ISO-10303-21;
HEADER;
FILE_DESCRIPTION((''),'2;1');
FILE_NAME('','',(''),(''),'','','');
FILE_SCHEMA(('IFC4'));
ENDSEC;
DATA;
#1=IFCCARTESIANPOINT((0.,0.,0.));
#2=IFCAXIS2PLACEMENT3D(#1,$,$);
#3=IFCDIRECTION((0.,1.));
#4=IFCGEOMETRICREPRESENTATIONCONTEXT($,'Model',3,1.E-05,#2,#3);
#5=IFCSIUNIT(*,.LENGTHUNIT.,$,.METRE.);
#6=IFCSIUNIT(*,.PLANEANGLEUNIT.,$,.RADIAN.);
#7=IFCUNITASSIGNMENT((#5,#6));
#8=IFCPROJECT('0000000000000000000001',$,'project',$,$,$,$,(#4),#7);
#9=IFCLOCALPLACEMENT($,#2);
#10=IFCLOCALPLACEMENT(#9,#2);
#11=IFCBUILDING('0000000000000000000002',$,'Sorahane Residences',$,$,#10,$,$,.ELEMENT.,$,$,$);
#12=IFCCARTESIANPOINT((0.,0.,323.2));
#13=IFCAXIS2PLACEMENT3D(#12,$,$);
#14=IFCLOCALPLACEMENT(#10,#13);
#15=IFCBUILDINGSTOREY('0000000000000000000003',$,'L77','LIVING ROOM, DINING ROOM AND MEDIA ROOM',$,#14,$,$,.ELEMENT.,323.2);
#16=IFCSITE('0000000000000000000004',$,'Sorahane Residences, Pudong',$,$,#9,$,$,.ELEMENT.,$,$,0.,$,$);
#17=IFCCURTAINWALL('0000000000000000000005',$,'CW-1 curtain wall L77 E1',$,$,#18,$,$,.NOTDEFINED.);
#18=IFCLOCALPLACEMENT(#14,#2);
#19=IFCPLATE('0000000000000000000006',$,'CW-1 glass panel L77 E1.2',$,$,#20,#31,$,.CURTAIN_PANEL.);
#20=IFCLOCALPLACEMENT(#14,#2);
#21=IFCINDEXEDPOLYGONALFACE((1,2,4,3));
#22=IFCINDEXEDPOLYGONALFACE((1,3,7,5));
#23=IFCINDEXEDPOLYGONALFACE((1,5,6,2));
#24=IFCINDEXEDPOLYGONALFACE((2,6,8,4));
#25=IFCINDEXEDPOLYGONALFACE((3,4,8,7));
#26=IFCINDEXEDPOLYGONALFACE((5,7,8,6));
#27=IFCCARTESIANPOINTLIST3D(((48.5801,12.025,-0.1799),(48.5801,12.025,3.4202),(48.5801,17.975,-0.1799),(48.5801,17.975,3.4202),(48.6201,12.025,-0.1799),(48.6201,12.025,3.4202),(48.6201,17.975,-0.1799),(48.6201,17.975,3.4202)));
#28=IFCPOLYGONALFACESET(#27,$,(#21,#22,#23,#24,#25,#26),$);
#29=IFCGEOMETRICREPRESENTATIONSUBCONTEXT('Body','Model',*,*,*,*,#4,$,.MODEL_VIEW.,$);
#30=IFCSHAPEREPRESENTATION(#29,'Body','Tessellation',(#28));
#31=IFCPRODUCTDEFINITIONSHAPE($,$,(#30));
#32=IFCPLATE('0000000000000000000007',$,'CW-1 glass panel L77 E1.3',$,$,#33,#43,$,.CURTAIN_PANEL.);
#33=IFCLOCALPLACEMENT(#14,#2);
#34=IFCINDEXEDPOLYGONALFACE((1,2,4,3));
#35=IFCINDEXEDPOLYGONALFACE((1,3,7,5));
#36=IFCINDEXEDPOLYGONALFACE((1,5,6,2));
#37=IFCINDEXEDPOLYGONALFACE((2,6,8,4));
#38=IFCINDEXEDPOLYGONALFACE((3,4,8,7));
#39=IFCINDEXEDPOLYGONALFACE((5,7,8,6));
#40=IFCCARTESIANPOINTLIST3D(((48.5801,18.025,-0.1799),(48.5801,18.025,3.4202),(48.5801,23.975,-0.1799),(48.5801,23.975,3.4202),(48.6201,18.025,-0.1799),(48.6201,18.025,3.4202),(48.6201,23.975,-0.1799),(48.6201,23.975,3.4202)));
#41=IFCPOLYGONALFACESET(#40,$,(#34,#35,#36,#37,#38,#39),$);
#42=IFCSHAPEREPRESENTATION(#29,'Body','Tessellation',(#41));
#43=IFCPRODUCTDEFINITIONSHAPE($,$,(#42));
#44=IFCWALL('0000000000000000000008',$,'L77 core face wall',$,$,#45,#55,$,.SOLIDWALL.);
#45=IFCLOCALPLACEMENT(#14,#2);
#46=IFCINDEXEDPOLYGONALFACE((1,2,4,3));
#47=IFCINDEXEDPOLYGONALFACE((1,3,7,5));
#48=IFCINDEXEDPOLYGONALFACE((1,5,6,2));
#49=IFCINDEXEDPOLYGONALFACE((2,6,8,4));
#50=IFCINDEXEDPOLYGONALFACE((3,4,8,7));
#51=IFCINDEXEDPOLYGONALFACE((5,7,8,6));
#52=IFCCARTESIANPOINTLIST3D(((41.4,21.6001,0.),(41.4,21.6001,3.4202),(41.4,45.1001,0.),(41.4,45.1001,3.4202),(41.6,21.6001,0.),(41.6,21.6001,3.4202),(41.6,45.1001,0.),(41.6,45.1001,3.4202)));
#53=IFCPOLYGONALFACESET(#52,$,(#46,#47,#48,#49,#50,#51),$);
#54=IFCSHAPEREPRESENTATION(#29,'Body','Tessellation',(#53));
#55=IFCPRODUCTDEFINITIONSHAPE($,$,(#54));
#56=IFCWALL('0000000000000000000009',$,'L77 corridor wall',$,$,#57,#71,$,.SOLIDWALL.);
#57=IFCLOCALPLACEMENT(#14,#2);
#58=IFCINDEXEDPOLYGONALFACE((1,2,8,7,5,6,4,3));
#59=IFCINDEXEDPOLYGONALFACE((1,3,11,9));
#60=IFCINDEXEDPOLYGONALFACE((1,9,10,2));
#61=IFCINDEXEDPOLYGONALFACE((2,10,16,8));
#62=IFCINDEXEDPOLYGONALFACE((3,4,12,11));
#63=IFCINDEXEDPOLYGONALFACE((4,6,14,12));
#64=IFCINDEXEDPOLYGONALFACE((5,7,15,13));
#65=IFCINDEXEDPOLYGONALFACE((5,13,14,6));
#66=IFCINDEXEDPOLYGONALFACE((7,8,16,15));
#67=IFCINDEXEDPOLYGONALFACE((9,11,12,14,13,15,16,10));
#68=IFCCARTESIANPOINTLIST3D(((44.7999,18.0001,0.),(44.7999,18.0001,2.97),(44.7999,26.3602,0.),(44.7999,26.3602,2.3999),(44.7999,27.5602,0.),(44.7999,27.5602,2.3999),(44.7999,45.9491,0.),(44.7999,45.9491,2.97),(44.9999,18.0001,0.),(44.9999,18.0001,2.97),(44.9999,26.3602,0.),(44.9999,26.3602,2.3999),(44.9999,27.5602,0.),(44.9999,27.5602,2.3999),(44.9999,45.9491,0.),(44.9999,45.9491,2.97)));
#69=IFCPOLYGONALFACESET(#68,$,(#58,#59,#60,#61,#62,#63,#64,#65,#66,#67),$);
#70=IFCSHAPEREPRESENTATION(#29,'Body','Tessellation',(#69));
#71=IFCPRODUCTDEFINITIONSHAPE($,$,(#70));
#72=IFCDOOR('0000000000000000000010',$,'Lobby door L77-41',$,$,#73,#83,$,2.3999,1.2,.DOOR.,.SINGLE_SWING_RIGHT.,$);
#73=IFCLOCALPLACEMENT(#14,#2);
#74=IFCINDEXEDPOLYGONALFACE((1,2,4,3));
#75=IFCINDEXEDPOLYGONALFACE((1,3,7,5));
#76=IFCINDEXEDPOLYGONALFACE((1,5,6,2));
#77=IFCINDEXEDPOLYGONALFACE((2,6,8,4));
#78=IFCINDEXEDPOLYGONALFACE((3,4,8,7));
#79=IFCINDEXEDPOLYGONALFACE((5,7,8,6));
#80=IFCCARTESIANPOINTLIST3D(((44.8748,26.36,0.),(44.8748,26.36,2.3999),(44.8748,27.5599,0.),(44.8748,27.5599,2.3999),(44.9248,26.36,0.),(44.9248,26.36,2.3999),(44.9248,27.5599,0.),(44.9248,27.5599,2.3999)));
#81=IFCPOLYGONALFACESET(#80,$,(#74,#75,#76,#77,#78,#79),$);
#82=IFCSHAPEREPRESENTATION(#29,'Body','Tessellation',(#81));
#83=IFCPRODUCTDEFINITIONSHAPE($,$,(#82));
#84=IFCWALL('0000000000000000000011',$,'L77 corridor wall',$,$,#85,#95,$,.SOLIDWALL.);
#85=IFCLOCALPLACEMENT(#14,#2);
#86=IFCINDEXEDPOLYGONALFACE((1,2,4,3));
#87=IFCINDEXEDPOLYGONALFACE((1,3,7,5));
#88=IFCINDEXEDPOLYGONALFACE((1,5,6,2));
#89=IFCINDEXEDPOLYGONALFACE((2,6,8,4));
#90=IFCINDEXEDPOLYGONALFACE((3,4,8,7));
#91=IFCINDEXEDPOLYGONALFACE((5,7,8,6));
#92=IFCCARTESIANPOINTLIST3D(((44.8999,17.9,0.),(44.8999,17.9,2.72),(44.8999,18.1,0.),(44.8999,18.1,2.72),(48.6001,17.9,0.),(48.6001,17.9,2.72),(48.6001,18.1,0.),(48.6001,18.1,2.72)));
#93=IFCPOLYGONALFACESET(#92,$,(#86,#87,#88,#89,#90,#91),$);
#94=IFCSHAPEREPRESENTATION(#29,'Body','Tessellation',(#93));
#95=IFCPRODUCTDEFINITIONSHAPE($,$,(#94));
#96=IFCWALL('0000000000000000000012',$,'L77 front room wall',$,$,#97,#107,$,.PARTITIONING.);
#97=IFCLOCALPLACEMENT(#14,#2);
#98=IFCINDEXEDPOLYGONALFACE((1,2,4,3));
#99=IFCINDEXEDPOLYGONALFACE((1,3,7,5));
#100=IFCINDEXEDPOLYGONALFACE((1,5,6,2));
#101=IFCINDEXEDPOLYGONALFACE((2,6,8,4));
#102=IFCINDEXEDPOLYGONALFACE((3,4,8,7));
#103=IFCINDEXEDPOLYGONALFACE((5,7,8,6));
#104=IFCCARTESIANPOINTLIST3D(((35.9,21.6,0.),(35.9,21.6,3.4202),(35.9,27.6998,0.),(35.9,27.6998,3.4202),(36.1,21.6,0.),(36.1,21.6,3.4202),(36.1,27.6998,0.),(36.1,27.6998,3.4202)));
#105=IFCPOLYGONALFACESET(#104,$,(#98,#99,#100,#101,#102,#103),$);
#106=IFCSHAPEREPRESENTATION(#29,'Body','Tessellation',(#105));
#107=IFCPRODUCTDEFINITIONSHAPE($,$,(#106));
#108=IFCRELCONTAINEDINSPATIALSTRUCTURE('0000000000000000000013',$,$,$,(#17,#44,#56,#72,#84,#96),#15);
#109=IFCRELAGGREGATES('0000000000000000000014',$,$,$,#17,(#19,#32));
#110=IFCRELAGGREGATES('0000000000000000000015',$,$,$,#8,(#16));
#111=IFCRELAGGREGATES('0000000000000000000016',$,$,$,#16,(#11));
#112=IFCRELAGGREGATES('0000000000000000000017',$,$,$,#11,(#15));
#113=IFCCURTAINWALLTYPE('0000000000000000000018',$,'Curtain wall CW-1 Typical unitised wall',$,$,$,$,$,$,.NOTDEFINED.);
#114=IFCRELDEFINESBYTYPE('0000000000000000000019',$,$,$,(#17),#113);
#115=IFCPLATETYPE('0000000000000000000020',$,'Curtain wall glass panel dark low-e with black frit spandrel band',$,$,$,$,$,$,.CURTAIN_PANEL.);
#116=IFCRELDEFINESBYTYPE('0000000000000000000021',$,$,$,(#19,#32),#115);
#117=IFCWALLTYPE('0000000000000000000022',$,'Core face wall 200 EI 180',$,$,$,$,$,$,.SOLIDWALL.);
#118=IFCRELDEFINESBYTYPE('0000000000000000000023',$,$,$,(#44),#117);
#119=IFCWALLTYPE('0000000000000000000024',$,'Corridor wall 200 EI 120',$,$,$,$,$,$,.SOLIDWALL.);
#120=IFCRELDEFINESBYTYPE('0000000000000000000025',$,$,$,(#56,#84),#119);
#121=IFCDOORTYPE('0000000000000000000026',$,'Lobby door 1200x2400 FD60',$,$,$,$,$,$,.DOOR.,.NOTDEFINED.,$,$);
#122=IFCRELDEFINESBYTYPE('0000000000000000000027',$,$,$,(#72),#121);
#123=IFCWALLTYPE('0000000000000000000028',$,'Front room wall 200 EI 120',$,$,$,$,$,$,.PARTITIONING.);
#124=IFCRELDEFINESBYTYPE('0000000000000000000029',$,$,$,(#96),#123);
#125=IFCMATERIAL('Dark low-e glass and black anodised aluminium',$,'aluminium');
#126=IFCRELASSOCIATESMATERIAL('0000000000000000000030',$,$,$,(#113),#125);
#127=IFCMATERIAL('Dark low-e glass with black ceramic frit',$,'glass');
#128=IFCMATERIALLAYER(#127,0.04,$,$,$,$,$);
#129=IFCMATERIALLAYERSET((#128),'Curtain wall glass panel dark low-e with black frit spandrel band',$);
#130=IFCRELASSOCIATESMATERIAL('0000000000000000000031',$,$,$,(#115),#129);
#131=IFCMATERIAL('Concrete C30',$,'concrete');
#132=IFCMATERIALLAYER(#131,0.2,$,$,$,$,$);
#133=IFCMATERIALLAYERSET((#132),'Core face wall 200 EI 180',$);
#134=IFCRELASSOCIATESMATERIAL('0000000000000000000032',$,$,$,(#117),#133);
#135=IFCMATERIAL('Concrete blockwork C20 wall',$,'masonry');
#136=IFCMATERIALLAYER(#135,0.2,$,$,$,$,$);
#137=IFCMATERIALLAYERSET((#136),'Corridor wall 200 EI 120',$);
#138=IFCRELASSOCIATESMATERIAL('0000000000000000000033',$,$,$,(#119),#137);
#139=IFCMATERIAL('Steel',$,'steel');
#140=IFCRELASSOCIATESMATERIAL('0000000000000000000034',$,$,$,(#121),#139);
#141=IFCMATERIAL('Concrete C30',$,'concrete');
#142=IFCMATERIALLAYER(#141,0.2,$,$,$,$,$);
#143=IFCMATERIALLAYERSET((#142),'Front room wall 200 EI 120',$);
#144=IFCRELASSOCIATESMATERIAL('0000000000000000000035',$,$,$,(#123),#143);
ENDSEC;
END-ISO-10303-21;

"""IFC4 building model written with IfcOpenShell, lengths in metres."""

from ifc_helpers import new_model, si_unit, direction, frame, frame_2d, origin, origin_2d, place, context, subcontext, project, spatial, rectangle, extrude, material, layer, layer_set, type_object, element, fill, aggregate, save


model = new_model("IFC4")

# Units and contexts
model_context = context("Model", 3, precision=1e-05, world=origin(), true_north=direction((0.0, 1.0)))
body_context = subcontext(model_context, "Body", "Model", "MODEL_VIEW")
ifc_project = project(units=[si_unit("LENGTHUNIT", "METRE"), si_unit("PLANEANGLEUNIT", "RADIAN")], contexts=[model_context])

# Site, building, storey
site_placement = place(None, origin())
site = spatial("IfcSite", under=ifc_project, at=site_placement, Name="Sorahane Residences, Pudong", CompositionType="ELEMENT", RefElevation=0.0)
building_placement = place(site_placement, origin())
building = spatial("IfcBuilding", under=site, at=building_placement, Name="Sorahane Residences", CompositionType="ELEMENT")
storey_placement = place(building_placement, frame((0.0, 0.0, 323.2)))
storey = spatial("IfcBuildingStorey", under=building, at=storey_placement, Name="L77", Description="LIVING ROOM, DINING ROOM AND MEDIA ROOM", CompositionType="ELEMENT", Elevation=323.2)

# Curtain wall
ifc_material_1 = material(Name="Dark low-e glass and black anodised aluminium", Category="aluminium")
curtain_wall_type = type_object("IfcCurtainWallType", Name="Curtain wall CW-1 Typical unitised wall", PredefinedType="NOTDEFINED", material=ifc_material_1)
curtain_wall_placement = place(storey_placement, origin())
curtain_wall = element("IfcCurtainWall", 1, at=curtain_wall_placement, inside=storey, type_object=curtain_wall_type, Name="CW-1 curtain wall L77 E1", PredefinedType="NOTDEFINED")

# Plates
ifc_material_2 = material(Name="Dark low-e glass with black ceramic frit", Category="glass")
ifc_layer_1 = layer(ifc_material_2, 0.04)
ifc_layer_set_1 = layer_set([ifc_layer_1], Name="Curtain wall glass panel dark low-e with black frit spandrel band")
plate_type = type_object("IfcPlateType", Name="Curtain wall glass panel dark low-e with black frit spandrel band", PredefinedType="CURTAIN_PANEL", material=ifc_layer_set_1)
plate_1_placement = place(storey_placement, frame((48.6001, 15.0, -0.1799), z_axis=(0.0, 0.0, 1.0), x_axis=(0.0, 1.0, 0.0)))
plate_1 = element("IfcPlate", 2, at=plate_1_placement, type_object=plate_type, Name="CW-1 glass panel L77 E1.2", PredefinedType="CURTAIN_PANEL", context=body_context, shape_type="SweptSolid", body=[
    extrude(rectangle(XDim=5.95, YDim=0.04, at=origin_2d()), origin(), (0.0, 0.0, 1.0), 3.6001),
])
plate_2_placement = place(storey_placement, frame((48.6001, 21.0, -0.1799), z_axis=(0.0, 0.0, 1.0), x_axis=(0.0, 1.0, 0.0)))
plate_2 = element("IfcPlate", 3, at=plate_2_placement, type_object=plate_type, Name="CW-1 glass panel L77 E1.3", PredefinedType="CURTAIN_PANEL", context=body_context, shape_type="SweptSolid", body=[
    extrude(rectangle(XDim=5.95, YDim=0.04, at=origin_2d()), origin(), (0.0, 0.0, 1.0), 3.6001),
])
aggregate(curtain_wall, [plate_1, plate_2])

# Wall
ifc_material_3 = material(Name="Concrete C30", Category="concrete")
ifc_layer_2 = layer(ifc_material_3, 0.2)
ifc_layer_set_2 = layer_set([ifc_layer_2], Name="Core face wall 200 EI 180")
wall_type_1 = type_object("IfcWallType", Name="Core face wall 200 EI 180", PredefinedType="SOLIDWALL", material=ifc_layer_set_2)
wall_1_placement = place(storey_placement, frame((41.5, 21.6001, 0.0), z_axis=(0.0, 0.0, 1.0), x_axis=(0.0, 1.0, 0.0)))
element("IfcWall", 4, at=wall_1_placement, inside=storey, type_object=wall_type_1, Name="L77 core face wall", PredefinedType="SOLIDWALL", context=body_context, shape_type="SweptSolid", body=[
    extrude(rectangle(XDim=23.5, YDim=0.2, at=frame_2d((11.75, 0.0))), origin(), (0.0, 0.0, 1.0), 3.4202),
])

# Wall, opening, door
ifc_material_4 = material(Name="Concrete blockwork C20 wall", Category="masonry")
ifc_layer_3 = layer(ifc_material_4, 0.2)
ifc_layer_set_3 = layer_set([ifc_layer_3], Name="Corridor wall 200 EI 120")
wall_type_2 = type_object("IfcWallType", Name="Corridor wall 200 EI 120", PredefinedType="SOLIDWALL", material=ifc_layer_set_3)
wall_2_placement = place(storey_placement, frame((44.8999, 18.0, 0.0), z_axis=(0.0, 0.0, 1.0), x_axis=(0.0, 1.0, 0.0)))
wall_2 = element("IfcWall", 5, at=wall_2_placement, inside=storey, type_object=wall_type_2, Name="L77 corridor wall", PredefinedType="SOLIDWALL", context=body_context, shape_type="SweptSolid", body=[
    extrude(rectangle(XDim=27.949, YDim=0.2, at=frame_2d((13.9746, 0.0))), origin(), (0.0, 0.0, 1.0), 2.97),
])
opening_1_placement = place(wall_2_placement, frame((8.3601, 0.0, 0.0)))
opening_1 = element("IfcOpeningElement", 6, at=opening_1_placement, cuts=wall_2, PredefinedType="OPENING", context=body_context, shape_type="SweptSolid", body=[
    extrude(rectangle(XDim=1.2, YDim=2.3999, at=frame_2d((0.6001, 1.2))), frame((0.0, 0.1099, 0.0), z_axis=(0.0, -1.0, 0.0), x_axis=(1.0, 0.0, 0.0)), (0.0, 0.0, 1.0), 0.22),
])
ifc_material_5 = material(Name="Steel", Category="steel")
door_type_1 = type_object("IfcDoorType", Name="Lobby door 1200x2400 FD60", OperationType="NOTDEFINED", PredefinedType="DOOR", material=ifc_material_5)
door_1_placement = place(opening_1_placement, frame((1.2, 0.0, 0.0), z_axis=(0.0, 0.0, 1.0), x_axis=(-1.0, 0.0, 0.0)))
door_1 = element("IfcDoor", 7, at=door_1_placement, inside=storey, type_object=door_type_1, Name="Lobby door L77-41", OperationType="SINGLE_SWING_RIGHT", OverallHeight=2.3999, OverallWidth=1.2, PredefinedType="DOOR", context=body_context, shape_type="SweptSolid", body=[
    extrude(rectangle(XDim=1.2, YDim=2.3999, at=frame_2d((0.6001, 1.2))), frame((0.0, 0.0249, 0.0), z_axis=(0.0, -1.0, 0.0), x_axis=(1.0, 0.0, 0.0)), (0.0, 0.0, 1.0), 0.05),
])
fill(opening_1, door_1)

# Walls
wall_3_placement = place(storey_placement, frame((44.8999, 18.0, 0.0), z_axis=(0.0, 0.0, 1.0), x_axis=(1.0, 0.0, 0.0)))
element("IfcWall", 8, at=wall_3_placement, inside=storey, type_object=wall_type_2, Name="L77 corridor wall", PredefinedType="SOLIDWALL", context=body_context, shape_type="SweptSolid", body=[
    extrude(rectangle(XDim=3.7002, YDim=0.2, at=frame_2d((1.8501, 0.0))), origin(), (0.0, 0.0, 1.0), 2.72),
])
ifc_material_6 = material(Name="Concrete C30", Category="concrete")
ifc_layer_4 = layer(ifc_material_6, 0.2)
ifc_layer_set_4 = layer_set([ifc_layer_4], Name="Front room wall 200 EI 120")
wall_type_3 = type_object("IfcWallType", Name="Front room wall 200 EI 120", PredefinedType="PARTITIONING", material=ifc_layer_set_4)
wall_4_placement = place(storey_placement, frame((36.0, 21.6001, 0.0), z_axis=(0.0, 0.0, 1.0), x_axis=(0.0, 1.0, 0.0)))
element("IfcWall", 9, at=wall_4_placement, inside=storey, type_object=wall_type_3, Name="L77 front room wall", PredefinedType="PARTITIONING", context=body_context, shape_type="SweptSolid", body=[
    extrude(rectangle(XDim=6.0999, YDim=0.2, at=frame_2d((3.0498, 0.0))), origin(), (0.0, 0.0, 1.0), 3.4202),
])

save(model, "model.ifc")
